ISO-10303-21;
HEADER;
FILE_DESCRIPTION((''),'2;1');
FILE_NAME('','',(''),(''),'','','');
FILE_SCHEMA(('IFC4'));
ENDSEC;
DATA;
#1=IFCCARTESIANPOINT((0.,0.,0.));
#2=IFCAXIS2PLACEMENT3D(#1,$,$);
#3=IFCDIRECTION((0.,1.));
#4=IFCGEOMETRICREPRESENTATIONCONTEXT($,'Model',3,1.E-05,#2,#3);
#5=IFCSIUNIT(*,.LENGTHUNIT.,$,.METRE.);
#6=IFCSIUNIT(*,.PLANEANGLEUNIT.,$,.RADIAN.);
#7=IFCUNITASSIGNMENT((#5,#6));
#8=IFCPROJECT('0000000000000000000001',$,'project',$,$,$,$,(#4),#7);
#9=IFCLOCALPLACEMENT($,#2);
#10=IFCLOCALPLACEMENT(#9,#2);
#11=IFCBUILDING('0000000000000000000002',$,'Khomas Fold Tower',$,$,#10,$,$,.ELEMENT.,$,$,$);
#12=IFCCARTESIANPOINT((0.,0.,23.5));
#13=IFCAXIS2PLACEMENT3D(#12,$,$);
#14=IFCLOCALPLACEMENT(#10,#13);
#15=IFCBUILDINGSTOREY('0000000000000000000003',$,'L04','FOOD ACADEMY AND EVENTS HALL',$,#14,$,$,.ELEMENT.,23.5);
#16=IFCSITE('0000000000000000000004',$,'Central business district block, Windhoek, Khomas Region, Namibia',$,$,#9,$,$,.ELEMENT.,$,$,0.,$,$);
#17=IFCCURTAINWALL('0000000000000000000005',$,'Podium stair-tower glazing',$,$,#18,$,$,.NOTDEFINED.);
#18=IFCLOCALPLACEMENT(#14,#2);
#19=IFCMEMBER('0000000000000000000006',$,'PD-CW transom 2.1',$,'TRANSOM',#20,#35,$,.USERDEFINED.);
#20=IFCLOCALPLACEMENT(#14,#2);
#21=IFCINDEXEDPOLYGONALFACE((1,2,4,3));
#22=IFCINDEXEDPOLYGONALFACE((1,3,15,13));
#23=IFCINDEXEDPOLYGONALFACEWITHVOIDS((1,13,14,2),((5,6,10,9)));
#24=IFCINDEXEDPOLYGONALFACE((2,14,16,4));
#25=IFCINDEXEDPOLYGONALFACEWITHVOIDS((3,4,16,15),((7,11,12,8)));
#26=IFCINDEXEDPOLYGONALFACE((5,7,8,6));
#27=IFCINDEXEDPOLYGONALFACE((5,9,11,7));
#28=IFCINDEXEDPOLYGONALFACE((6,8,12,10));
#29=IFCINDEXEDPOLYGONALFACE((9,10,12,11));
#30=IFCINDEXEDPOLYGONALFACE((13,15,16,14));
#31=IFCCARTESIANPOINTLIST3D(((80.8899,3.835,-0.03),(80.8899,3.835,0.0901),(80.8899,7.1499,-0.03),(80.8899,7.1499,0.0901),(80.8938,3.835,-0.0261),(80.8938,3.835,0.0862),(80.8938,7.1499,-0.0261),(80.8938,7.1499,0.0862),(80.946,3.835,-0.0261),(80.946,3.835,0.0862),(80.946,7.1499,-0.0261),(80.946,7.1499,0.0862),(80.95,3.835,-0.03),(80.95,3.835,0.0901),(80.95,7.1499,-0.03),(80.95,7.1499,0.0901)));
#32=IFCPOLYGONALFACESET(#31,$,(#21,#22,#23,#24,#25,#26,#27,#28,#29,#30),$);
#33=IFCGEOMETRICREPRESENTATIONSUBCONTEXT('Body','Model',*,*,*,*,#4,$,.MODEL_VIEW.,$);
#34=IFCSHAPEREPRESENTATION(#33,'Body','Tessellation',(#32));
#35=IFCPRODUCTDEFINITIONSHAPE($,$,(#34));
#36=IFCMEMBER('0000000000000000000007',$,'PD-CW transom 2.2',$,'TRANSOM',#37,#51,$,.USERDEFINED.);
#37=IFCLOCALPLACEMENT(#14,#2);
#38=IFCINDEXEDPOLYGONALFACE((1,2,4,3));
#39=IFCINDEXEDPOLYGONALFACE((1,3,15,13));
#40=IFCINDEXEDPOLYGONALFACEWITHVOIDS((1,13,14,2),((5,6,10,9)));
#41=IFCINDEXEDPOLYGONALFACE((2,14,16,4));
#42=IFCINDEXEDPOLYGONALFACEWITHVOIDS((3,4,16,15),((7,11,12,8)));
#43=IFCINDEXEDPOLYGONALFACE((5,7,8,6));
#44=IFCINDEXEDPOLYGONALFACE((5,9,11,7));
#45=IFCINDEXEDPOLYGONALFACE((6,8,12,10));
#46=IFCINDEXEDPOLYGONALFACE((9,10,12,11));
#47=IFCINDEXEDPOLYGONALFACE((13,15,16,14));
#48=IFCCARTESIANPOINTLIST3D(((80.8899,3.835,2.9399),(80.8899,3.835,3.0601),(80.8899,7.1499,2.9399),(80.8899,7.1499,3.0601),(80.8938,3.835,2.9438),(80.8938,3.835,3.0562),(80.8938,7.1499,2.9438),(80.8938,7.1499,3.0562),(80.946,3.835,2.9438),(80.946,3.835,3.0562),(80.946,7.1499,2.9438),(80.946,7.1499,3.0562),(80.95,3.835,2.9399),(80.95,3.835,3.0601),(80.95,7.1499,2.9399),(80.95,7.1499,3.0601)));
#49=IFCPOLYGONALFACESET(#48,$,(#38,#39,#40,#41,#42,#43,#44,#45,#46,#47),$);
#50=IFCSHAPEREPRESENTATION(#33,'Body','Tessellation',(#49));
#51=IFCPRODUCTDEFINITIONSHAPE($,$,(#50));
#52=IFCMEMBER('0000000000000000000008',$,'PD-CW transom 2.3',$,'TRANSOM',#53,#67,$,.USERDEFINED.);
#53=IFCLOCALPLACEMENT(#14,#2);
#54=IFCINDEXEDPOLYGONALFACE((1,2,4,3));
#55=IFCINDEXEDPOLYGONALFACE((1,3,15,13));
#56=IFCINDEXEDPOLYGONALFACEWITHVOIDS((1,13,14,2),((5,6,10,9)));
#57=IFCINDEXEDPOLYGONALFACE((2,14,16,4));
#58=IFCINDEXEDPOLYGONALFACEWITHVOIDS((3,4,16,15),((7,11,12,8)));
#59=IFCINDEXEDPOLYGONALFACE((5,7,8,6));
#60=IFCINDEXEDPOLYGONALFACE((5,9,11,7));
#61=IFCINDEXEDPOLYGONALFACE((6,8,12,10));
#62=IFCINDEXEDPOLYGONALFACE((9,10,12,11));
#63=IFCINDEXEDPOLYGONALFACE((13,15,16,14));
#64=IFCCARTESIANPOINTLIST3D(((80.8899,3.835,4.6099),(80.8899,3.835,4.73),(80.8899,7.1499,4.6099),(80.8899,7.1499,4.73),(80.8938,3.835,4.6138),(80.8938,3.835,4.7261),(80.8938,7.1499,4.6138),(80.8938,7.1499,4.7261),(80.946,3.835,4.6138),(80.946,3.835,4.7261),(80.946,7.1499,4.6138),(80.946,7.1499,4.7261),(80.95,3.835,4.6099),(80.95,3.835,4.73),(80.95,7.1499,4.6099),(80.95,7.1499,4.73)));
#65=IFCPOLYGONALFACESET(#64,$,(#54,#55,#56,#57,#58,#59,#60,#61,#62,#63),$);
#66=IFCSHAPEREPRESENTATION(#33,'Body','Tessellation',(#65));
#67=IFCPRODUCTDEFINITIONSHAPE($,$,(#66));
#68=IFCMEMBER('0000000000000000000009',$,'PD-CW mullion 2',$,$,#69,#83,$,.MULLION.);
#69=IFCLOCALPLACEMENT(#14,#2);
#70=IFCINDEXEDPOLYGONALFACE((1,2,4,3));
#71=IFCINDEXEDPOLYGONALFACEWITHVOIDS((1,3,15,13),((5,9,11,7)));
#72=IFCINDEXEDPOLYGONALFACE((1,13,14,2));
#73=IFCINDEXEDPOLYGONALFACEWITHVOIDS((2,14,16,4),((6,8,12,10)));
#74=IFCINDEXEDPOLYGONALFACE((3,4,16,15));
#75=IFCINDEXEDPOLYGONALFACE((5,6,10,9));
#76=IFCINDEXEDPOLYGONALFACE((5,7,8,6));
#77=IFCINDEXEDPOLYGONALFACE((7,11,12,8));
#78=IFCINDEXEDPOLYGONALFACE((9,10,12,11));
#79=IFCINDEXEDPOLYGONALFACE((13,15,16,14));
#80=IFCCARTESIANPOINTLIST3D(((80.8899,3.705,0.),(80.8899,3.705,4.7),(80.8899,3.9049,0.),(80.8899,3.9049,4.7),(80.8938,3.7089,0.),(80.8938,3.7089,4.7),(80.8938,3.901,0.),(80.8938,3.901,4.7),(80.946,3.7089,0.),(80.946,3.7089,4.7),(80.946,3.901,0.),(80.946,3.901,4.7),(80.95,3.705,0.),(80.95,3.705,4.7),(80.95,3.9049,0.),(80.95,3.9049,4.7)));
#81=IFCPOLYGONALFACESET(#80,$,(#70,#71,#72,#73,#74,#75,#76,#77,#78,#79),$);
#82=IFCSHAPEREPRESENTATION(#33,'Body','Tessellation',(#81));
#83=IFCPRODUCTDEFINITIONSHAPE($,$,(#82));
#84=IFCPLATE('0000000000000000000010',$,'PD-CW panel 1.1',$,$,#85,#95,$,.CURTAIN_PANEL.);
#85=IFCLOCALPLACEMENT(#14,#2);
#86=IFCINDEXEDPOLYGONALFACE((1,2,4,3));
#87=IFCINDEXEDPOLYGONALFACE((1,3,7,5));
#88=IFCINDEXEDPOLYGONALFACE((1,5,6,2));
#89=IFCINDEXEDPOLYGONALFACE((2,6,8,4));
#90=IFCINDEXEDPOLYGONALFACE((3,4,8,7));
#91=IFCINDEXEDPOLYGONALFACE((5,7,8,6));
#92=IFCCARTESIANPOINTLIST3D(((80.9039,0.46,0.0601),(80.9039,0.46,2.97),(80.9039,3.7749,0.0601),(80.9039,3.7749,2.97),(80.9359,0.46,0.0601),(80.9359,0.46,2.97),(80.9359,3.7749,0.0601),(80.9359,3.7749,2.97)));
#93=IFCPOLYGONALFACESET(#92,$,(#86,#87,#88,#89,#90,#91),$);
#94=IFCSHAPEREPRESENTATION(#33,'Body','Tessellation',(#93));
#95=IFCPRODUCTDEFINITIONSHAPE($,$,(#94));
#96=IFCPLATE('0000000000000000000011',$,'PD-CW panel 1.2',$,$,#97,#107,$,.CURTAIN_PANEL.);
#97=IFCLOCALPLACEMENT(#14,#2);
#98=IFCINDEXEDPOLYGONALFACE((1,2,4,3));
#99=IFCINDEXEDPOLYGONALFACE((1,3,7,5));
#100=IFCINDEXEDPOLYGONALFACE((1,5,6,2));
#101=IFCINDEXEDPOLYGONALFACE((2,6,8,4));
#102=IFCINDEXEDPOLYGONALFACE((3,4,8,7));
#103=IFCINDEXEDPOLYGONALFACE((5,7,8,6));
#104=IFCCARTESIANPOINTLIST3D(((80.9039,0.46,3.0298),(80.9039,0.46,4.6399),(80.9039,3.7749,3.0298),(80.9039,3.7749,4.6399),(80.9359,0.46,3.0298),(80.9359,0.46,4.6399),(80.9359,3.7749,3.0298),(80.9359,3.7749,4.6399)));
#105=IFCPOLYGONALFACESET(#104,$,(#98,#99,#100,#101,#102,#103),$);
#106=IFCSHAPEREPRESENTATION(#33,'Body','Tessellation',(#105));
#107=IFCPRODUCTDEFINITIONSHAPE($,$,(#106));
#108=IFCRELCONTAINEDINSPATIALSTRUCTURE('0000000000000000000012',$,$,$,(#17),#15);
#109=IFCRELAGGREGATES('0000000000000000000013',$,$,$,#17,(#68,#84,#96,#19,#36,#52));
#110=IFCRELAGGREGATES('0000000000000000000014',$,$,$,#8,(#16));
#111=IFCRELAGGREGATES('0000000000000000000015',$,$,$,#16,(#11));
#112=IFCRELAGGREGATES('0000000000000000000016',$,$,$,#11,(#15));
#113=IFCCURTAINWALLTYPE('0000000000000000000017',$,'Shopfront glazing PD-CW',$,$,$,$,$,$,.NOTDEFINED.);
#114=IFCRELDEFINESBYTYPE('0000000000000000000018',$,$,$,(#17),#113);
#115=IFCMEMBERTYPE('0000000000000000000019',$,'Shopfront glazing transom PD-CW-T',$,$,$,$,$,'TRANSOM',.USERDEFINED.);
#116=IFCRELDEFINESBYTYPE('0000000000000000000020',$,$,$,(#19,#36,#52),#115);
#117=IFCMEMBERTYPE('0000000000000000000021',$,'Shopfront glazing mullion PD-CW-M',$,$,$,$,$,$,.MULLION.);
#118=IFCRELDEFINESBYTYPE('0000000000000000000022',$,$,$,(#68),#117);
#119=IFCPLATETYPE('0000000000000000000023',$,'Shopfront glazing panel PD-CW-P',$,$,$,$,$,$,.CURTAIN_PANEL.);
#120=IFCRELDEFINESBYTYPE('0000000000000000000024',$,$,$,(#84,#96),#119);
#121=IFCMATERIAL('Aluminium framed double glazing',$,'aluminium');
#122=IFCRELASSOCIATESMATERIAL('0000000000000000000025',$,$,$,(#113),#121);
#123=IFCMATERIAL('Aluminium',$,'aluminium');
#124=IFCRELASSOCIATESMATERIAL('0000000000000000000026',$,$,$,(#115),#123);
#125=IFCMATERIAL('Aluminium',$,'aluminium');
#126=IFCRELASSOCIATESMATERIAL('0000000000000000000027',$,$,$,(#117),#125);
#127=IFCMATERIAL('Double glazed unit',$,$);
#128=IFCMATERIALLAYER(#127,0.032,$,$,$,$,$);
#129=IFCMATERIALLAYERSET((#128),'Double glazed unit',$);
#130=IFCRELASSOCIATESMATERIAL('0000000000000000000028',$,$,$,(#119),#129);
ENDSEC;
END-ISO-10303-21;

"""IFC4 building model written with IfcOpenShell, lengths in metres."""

from ifc_helpers import new_model, si_unit, direction, frame, origin, origin_2d, place, context, subcontext, project, spatial, rectangle, hollow_rectangle, extrude, source, transform, mapped, material, layer, layer_set, material_profile, profile_set, type_object, element, aggregate, save


model = new_model("IFC4")

# Units and contexts
model_context = context("Model", 3, precision=1e-05, world=origin(), true_north=direction((0.0, 1.0)))
body_context = subcontext(model_context, "Body", "Model", "MODEL_VIEW")
ifc_project = project(units=[si_unit("LENGTHUNIT", "METRE"), si_unit("PLANEANGLEUNIT", "RADIAN")], contexts=[model_context])

# Site, building, storey
site_placement = place(None, origin())
site = spatial("IfcSite", under=ifc_project, at=site_placement, Name="Central business district block, Windhoek, Khomas Region, Namibia", CompositionType="ELEMENT", RefElevation=0.0)
building_placement = place(site_placement, origin())
building = spatial("IfcBuilding", under=site, at=building_placement, Name="Khomas Fold Tower", CompositionType="ELEMENT")
storey_placement = place(building_placement, frame((0.0, 0.0, 23.5)))
storey = spatial("IfcBuildingStorey", under=building, at=storey_placement, Name="L04", Description="FOOD ACADEMY AND EVENTS HALL", CompositionType="ELEMENT", Elevation=23.5)

# Curtain wall, members, plates
ifc_material_1 = material(Name="Aluminium framed double glazing", Category="aluminium")
curtain_wall_type = type_object("IfcCurtainWallType", Name="Shopfront glazing PD-CW", PredefinedType="NOTDEFINED", material=ifc_material_1)
curtain_wall_placement = place(storey_placement, origin())
curtain_wall = element("IfcCurtainWall", 1, at=curtain_wall_placement, inside=storey, type_object=curtain_wall_type, Name="Podium stair-tower glazing", PredefinedType="NOTDEFINED")
ifc_material_2 = material(Name="Aluminium", Category="aluminium")
ifc_material_profile_1 = material_profile(ifc_material_2, hollow_rectangle(XDim=0.0601, YDim=0.1201, WallThickness=0.0039, at=origin_2d()), Name="Shopfront glazing transom PD-CW-T")
ifc_profile_set_1 = profile_set([ifc_material_profile_1], Name="Aluminium")
member_type_1 = type_object("IfcMemberType", Name="Shopfront glazing transom PD-CW-T", ElementType="TRANSOM", PredefinedType="USERDEFINED", material=ifc_profile_set_1)
shared_shape_1 = source(origin(), body_context, "Body", "SweptSolid", [
    extrude(hollow_rectangle(XDim=0.0601, YDim=0.1201, WallThickness=0.0039, at=origin_2d()), origin(), (0.0, 0.0, 1.0), 3.3149),
])
member_1_placement = place(storey_placement, frame((80.9199, 3.835, 0.03), z_axis=(0.0, 1.0, 0.0), x_axis=(-1.0, 0.0, 0.0)))
member_1 = element("IfcMember", 2, at=member_1_placement, type_object=member_type_1, Name="PD-CW transom 2.1", ObjectType="TRANSOM", PredefinedType="USERDEFINED", context=body_context, shape_type="MappedRepresentation", body=[
    mapped(shared_shape_1, transform((0.0, 0.0, 0.0))),
])
member_2_placement = place(storey_placement, frame((80.9199, 3.835, 3.0), z_axis=(0.0, 1.0, 0.0), x_axis=(-1.0, 0.0, 0.0)))
member_2 = element("IfcMember", 3, at=member_2_placement, type_object=member_type_1, Name="PD-CW transom 2.2", ObjectType="TRANSOM", PredefinedType="USERDEFINED", context=body_context, shape_type="MappedRepresentation", body=[
    mapped(shared_shape_1, transform((0.0, 0.0, 0.0))),
])
member_3_placement = place(storey_placement, frame((80.9199, 3.835, 4.6699), z_axis=(0.0, 1.0, 0.0), x_axis=(-1.0, 0.0, 0.0)))
member_3 = element("IfcMember", 4, at=member_3_placement, type_object=member_type_1, Name="PD-CW transom 2.3", ObjectType="TRANSOM", PredefinedType="USERDEFINED", context=body_context, shape_type="MappedRepresentation", body=[
    mapped(shared_shape_1, transform((0.0, 0.0, 0.0))),
])
ifc_material_3 = material(Name="Aluminium", Category="aluminium")
ifc_material_profile_2 = material_profile(ifc_material_3, hollow_rectangle(XDim=0.0601, YDim=0.2, WallThickness=0.0039, at=origin_2d()), Name="Shopfront glazing mullion PD-CW-M")
ifc_profile_set_2 = profile_set([ifc_material_profile_2], Name="Aluminium")
member_type_2 = type_object("IfcMemberType", Name="Shopfront glazing mullion PD-CW-M", PredefinedType="MULLION", material=ifc_profile_set_2)
shared_shape_2 = source(origin(), body_context, "Body", "SweptSolid", [
    extrude(hollow_rectangle(XDim=0.0601, YDim=0.2, WallThickness=0.0039, at=origin_2d()), origin(), (0.0, 0.0, 1.0), 4.7),
])
member_4_placement = place(storey_placement, frame((80.9199, 3.8049, 0.0), z_axis=(0.0, 0.0, 1.0), x_axis=(-1.0, 0.0, 0.0)))
member_4 = element("IfcMember", 5, at=member_4_placement, type_object=member_type_2, Name="PD-CW mullion 2", PredefinedType="MULLION", context=body_context, shape_type="MappedRepresentation", body=[
    mapped(shared_shape_2, transform((0.0, 0.0, 0.0))),
])
ifc_material_4 = material(Name="Double glazed unit")
ifc_layer = layer(ifc_material_4, 0.032)
ifc_layer_set = layer_set([ifc_layer], Name="Double glazed unit")
plate_type = type_object("IfcPlateType", Name="Shopfront glazing panel PD-CW-P", PredefinedType="CURTAIN_PANEL", material=ifc_layer_set)
shared_shape_3 = source(origin(), body_context, "Body", "SweptSolid", [
    extrude(rectangle(XDim=3.3149, YDim=0.032, at=origin_2d()), origin(), (0.0, 0.0, 1.0), 2.9099),
])
plate_1_placement = place(storey_placement, frame((80.9199, 2.1174, 0.0601), z_axis=(0.0, 0.0, 1.0), x_axis=(0.0, 1.0, 0.0)))
plate_1 = element("IfcPlate", 6, at=plate_1_placement, type_object=plate_type, Name="PD-CW panel 1.1", PredefinedType="CURTAIN_PANEL", context=body_context, shape_type="MappedRepresentation", body=[
    mapped(shared_shape_3, transform((0.0, 0.0, 0.0))),
])
shared_shape_4 = source(origin(), body_context, "Body", "SweptSolid", [
    extrude(rectangle(XDim=3.3149, YDim=0.032, at=origin_2d()), origin(), (0.0, 0.0, 1.0), 1.6101),
])
plate_2_placement = place(storey_placement, frame((80.9199, 2.1174, 3.0298), z_axis=(0.0, 0.0, 1.0), x_axis=(0.0, 1.0, 0.0)))
plate_2 = element("IfcPlate", 7, at=plate_2_placement, type_object=plate_type, Name="PD-CW panel 1.2", PredefinedType="CURTAIN_PANEL", context=body_context, shape_type="MappedRepresentation", body=[
    mapped(shared_shape_4, transform((0.0, 0.0, 0.0))),
])
aggregate(curtain_wall, [member_4, plate_1, plate_2, member_1, member_2, member_3])

save(model, "model.ifc")
